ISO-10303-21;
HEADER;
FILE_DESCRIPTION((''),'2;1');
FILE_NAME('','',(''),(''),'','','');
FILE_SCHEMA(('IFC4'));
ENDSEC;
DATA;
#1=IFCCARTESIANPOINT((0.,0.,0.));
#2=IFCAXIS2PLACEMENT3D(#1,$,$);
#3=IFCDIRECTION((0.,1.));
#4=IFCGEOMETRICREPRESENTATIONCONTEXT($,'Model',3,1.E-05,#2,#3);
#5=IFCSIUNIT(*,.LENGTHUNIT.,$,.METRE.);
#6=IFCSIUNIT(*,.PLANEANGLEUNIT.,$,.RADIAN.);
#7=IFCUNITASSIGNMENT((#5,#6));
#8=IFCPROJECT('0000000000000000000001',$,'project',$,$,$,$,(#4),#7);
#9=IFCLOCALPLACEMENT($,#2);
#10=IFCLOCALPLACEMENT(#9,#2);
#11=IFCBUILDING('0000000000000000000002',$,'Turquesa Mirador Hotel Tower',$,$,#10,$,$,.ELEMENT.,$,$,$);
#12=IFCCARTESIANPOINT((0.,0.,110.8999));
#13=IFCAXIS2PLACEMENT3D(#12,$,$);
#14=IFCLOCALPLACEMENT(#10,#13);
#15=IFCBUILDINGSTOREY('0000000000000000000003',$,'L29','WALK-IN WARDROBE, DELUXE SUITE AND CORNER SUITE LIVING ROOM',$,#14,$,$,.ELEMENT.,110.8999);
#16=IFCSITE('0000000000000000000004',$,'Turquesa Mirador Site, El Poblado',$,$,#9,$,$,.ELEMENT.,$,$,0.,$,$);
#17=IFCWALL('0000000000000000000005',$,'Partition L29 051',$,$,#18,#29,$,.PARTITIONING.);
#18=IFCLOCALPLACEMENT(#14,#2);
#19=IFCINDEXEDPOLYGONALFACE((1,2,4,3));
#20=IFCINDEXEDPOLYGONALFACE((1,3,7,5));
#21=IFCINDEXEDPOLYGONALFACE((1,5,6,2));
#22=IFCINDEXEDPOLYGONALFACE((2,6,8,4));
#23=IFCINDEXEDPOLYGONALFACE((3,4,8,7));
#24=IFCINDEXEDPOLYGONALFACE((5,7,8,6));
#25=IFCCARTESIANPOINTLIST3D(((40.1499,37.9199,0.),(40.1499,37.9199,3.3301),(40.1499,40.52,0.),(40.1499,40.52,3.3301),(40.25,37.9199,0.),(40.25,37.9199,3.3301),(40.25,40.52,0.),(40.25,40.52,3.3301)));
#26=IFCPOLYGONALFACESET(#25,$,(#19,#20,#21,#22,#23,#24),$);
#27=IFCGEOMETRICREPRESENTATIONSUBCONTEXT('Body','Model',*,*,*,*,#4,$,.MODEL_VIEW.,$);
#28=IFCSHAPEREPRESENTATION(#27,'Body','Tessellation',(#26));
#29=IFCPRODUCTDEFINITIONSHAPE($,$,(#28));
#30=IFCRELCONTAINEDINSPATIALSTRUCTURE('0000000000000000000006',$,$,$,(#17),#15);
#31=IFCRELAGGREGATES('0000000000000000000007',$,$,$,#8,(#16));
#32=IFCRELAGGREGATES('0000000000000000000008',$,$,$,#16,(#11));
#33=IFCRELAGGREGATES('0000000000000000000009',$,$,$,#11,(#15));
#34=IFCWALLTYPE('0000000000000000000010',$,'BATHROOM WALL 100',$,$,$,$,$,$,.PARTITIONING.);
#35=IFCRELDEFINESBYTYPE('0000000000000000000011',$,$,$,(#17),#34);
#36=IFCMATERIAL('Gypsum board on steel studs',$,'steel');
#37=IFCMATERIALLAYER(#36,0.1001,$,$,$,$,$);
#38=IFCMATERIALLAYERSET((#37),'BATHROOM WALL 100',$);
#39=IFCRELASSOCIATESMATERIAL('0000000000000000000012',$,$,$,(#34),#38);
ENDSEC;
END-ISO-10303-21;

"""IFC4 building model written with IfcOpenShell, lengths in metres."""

from ifc_helpers import new_model, si_unit, direction, frame, frame_2d, origin, place, context, subcontext, project, spatial, rectangle, extrude, material, layer, layer_set, type_object, element, save


model = new_model("IFC4")

# Units and contexts
model_context = context("Model", 3, precision=1e-05, world=origin(), true_north=direction((0.0, 1.0)))
body_context = subcontext(model_context, "Body", "Model", "MODEL_VIEW")
ifc_project = project(units=[si_unit("LENGTHUNIT", "METRE"), si_unit("PLANEANGLEUNIT", "RADIAN")], contexts=[model_context])

# Site, building, storey
site_placement = place(None, origin())
site = spatial("IfcSite", under=ifc_project, at=site_placement, Name="Turquesa Mirador Site, El Poblado", CompositionType="ELEMENT", RefElevation=0.0)
building_placement = place(site_placement, origin())
building = spatial("IfcBuilding", under=site, at=building_placement, Name="Turquesa Mirador Hotel Tower", CompositionType="ELEMENT")
storey_placement = place(building_placement, frame((0.0, 0.0, 110.8999)))
storey = spatial("IfcBuildingStorey", under=building, at=storey_placement, Name="L29", Description="WALK-IN WARDROBE, DELUXE SUITE AND CORNER SUITE LIVING ROOM", CompositionType="ELEMENT", Elevation=110.8999)

# Shared definitions
ifc_material_1 = material(Name="Gypsum board on steel studs", Category="steel")
ifc_layer = layer(ifc_material_1, 0.1001)
ifc_layer_set = layer_set([ifc_layer], Name="BATHROOM WALL 100")
wall_type = type_object("IfcWallType", Name="BATHROOM WALL 100", PredefinedType="PARTITIONING", material=ifc_layer_set)

# Wall
wall_1_placement = place(storey_placement, frame((40.2, 37.9199, 0.0), z_axis=(0.0, 0.0, 1.0), x_axis=(0.0, 1.0, 0.0)))
element("IfcWall", 1, at=wall_1_placement, inside=storey, type_object=wall_type, Name="Partition L29 051", PredefinedType="PARTITIONING", context=body_context, shape_type="SweptSolid", body=[
    extrude(rectangle(XDim=2.6001, YDim=0.1001, at=frame_2d((1.3, 0.0))), origin(), (0.0, 0.0, 1.0), 3.3301),
])

save(model, "model.ifc")
